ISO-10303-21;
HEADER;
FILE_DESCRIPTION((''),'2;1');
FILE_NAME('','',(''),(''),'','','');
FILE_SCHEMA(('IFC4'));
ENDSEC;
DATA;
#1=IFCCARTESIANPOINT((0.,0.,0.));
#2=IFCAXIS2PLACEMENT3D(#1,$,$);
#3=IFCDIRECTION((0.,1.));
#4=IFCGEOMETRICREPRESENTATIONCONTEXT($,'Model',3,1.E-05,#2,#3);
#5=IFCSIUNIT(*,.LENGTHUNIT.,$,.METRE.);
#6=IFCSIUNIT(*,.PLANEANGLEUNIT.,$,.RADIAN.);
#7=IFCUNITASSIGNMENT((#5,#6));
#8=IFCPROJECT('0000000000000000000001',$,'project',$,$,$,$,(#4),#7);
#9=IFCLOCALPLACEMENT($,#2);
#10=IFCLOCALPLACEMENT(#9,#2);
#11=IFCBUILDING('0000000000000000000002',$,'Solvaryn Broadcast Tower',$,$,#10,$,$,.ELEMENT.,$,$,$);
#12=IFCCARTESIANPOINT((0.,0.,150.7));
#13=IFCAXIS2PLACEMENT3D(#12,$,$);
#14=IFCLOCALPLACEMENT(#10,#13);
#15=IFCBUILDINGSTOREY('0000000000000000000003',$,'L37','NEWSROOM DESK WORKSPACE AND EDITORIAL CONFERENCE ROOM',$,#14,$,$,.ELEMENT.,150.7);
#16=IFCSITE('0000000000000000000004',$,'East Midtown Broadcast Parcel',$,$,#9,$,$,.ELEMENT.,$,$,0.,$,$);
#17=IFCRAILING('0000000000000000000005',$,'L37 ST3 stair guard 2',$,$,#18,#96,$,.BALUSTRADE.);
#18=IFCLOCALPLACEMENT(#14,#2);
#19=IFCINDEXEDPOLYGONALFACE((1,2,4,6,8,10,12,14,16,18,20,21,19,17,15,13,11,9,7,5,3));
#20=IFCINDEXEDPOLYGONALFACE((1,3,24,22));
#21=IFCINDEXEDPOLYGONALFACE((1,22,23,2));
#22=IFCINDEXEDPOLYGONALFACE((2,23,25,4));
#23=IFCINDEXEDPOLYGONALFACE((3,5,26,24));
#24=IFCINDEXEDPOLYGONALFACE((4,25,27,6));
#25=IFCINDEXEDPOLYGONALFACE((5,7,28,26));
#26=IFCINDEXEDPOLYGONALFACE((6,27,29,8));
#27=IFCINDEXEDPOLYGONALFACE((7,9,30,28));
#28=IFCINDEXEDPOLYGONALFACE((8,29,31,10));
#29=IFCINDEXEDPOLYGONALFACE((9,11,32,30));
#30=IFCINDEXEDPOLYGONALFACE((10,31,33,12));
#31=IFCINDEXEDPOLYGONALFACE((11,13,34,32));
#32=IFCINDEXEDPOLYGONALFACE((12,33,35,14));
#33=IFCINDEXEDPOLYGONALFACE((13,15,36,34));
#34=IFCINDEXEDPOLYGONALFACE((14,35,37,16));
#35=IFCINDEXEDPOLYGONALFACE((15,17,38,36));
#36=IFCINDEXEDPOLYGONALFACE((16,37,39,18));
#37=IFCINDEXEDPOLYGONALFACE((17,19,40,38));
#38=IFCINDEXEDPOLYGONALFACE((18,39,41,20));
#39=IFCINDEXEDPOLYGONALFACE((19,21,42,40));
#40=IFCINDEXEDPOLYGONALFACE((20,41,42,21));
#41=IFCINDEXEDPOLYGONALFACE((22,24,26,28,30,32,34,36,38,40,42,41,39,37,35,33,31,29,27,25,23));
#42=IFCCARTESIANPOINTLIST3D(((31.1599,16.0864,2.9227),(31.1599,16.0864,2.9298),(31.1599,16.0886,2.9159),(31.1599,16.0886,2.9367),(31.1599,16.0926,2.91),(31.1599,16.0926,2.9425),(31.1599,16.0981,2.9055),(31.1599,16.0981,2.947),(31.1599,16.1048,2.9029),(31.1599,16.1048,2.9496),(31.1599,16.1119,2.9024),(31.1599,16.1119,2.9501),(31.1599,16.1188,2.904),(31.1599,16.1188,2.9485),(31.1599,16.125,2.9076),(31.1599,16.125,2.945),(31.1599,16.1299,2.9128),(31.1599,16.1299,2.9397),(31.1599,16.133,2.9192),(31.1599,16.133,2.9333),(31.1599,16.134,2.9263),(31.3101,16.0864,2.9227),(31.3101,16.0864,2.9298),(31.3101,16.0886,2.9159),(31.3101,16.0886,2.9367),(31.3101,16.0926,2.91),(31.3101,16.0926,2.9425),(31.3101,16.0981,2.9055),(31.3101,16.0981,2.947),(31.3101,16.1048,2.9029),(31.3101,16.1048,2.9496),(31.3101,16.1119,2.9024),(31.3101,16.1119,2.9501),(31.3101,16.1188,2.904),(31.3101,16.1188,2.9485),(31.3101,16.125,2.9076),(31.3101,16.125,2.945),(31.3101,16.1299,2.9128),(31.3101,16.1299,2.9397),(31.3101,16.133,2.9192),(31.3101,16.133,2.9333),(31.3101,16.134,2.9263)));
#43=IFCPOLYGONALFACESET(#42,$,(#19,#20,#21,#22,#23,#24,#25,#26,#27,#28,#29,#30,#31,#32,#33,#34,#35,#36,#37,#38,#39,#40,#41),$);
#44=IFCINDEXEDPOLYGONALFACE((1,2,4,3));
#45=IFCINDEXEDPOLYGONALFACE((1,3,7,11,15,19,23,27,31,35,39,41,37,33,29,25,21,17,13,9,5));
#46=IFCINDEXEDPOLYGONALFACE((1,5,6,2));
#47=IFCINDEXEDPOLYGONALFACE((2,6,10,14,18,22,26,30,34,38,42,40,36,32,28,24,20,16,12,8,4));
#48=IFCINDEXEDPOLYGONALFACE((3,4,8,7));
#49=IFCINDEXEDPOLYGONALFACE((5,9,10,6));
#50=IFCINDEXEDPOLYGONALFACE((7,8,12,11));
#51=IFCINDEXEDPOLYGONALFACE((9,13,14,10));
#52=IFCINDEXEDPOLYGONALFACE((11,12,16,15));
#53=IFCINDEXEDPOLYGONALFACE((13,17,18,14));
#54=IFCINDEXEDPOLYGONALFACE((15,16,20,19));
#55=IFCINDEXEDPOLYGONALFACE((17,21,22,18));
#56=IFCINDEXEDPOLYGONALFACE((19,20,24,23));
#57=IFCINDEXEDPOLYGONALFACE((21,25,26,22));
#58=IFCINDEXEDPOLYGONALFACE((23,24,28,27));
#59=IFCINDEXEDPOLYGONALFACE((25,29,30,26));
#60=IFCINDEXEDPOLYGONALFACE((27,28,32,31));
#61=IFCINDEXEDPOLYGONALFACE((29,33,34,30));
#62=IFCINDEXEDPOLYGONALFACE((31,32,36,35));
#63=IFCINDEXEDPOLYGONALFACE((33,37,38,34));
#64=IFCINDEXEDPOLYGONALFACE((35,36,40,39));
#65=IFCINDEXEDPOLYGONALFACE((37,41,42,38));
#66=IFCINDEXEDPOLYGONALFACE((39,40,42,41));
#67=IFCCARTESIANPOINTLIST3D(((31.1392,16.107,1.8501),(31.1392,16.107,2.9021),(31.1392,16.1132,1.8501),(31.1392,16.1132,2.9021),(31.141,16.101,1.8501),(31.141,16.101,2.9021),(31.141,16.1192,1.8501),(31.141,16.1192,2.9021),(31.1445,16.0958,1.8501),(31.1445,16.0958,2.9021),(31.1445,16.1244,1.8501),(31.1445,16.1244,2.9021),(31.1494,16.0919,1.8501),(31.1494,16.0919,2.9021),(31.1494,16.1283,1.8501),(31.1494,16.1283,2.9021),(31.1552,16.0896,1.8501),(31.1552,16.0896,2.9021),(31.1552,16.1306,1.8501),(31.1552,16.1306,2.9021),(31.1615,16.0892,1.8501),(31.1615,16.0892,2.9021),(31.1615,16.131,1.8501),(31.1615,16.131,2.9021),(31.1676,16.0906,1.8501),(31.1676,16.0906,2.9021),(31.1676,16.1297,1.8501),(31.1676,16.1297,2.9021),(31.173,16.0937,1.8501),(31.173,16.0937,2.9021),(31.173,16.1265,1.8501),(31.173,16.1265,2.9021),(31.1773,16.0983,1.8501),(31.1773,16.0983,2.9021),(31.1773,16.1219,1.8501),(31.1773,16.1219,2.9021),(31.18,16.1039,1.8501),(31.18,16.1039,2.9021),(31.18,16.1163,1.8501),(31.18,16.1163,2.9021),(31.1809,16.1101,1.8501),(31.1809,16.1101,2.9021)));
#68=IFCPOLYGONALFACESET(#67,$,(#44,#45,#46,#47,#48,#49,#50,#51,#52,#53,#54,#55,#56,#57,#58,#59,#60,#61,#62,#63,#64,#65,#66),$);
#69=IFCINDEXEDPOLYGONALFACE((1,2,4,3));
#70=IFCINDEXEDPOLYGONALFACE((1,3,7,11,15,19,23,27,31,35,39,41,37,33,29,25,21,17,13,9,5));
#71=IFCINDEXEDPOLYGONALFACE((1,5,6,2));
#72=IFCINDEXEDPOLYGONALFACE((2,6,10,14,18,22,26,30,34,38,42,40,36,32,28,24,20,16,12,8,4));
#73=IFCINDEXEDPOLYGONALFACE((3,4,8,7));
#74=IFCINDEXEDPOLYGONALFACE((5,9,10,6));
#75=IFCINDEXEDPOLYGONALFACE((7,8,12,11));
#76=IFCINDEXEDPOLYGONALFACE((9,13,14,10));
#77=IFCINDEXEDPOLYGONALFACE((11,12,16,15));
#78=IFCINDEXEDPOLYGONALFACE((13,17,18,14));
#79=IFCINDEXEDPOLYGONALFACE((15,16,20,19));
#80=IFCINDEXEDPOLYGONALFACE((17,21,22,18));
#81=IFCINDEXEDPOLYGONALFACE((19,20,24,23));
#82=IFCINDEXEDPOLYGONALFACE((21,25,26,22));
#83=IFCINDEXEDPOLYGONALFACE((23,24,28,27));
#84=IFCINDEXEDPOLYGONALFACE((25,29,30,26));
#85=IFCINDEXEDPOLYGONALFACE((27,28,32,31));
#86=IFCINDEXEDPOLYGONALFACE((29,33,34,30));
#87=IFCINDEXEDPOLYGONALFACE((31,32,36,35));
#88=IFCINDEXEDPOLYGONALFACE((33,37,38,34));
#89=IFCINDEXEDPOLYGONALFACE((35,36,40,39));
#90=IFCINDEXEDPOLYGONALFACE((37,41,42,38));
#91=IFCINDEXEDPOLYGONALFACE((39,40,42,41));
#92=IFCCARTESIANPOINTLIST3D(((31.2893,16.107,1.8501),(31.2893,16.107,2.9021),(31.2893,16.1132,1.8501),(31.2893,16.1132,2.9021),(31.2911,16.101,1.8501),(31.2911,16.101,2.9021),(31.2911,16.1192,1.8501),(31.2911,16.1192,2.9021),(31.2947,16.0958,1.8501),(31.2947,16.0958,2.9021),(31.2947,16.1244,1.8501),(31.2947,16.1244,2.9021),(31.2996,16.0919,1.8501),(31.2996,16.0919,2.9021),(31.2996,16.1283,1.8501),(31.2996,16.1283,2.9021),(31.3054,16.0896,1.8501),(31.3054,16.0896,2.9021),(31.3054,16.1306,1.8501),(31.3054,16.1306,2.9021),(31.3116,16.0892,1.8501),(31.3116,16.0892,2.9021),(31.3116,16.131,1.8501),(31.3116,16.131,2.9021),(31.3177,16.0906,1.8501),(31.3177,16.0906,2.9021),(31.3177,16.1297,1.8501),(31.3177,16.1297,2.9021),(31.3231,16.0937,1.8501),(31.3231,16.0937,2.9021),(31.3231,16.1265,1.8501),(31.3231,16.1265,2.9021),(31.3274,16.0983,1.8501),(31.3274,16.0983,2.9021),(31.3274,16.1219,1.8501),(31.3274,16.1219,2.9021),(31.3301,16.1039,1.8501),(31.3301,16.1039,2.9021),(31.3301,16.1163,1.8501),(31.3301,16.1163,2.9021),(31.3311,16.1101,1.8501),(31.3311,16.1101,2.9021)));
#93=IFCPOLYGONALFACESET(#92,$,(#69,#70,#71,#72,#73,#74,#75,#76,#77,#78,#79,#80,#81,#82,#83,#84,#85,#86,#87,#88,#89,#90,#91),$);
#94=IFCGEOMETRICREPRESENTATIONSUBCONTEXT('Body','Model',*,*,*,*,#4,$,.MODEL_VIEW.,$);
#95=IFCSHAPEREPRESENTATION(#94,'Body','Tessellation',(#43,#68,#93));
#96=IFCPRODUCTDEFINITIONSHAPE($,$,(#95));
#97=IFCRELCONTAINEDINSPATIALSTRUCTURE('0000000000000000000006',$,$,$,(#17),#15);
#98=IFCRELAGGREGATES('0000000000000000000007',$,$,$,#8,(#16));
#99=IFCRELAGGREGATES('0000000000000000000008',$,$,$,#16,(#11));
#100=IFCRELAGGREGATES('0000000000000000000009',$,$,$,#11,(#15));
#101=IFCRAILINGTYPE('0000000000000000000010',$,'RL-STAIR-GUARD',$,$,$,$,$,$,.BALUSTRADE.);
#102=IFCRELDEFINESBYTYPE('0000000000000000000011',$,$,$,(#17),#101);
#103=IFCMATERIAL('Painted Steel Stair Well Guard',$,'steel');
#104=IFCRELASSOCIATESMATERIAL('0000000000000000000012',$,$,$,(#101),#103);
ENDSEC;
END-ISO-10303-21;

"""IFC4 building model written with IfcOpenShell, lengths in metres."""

from ifc_helpers import new_model, si_unit, direction, frame, origin, origin_2d, place, context, subcontext, project, spatial, circle, extrude, material, type_object, element, save


model = new_model("IFC4")

# Units and contexts
model_context = context("Model", 3, precision=1e-05, world=origin(), true_north=direction((0.0, 1.0)))
body_context = subcontext(model_context, "Body", "Model", "MODEL_VIEW")
ifc_project = project(units=[si_unit("LENGTHUNIT", "METRE"), si_unit("PLANEANGLEUNIT", "RADIAN")], contexts=[model_context])

# Site, building, storey
site_placement = place(None, origin())
site = spatial("IfcSite", under=ifc_project, at=site_placement, Name="East Midtown Broadcast Parcel", CompositionType="ELEMENT", RefElevation=0.0)
building_placement = place(site_placement, origin())
building = spatial("IfcBuilding", under=site, at=building_placement, Name="Solvaryn Broadcast Tower", CompositionType="ELEMENT")
storey_placement = place(building_placement, frame((0.0, 0.0, 150.7)))
storey = spatial("IfcBuildingStorey", under=building, at=storey_placement, Name="L37", Description="NEWSROOM DESK WORKSPACE AND EDITORIAL CONFERENCE ROOM", CompositionType="ELEMENT", Elevation=150.7)

# Railing
ifc_material_1 = material(Name="Painted Steel Stair Well Guard", Category="steel")
railing_type_1 = type_object("IfcRailingType", Name="RL-STAIR-GUARD", PredefinedType="BALUSTRADE", material=ifc_material_1)
railing_1_placement = place(storey_placement, frame((31.1599, 16.1101, 1.8501)))
element("IfcRailing", 1, at=railing_1_placement, inside=storey, type_object=railing_type_1, Name="L37 ST3 stair guard 2", PredefinedType="BALUSTRADE", context=body_context, shape_type="SweptSolid", body=[
    extrude(circle(Radius=0.0239, at=origin_2d()), frame((0.0, 0.0, 1.0762), z_axis=(1.0, 0.0, 0.0), x_axis=(0.0, 1.0, 0.0)), (0.0, 0.0, 1.0), 0.1501),
    extrude(circle(Radius=0.021, at=origin_2d()), origin(), (0.0, 0.0, 1.0), 1.052),
    extrude(circle(Radius=0.021, at=origin_2d()), frame((0.1501, 0.0, 0.0)), (0.0, 0.0, 1.0), 1.052),
])

save(model, "model.ifc")
